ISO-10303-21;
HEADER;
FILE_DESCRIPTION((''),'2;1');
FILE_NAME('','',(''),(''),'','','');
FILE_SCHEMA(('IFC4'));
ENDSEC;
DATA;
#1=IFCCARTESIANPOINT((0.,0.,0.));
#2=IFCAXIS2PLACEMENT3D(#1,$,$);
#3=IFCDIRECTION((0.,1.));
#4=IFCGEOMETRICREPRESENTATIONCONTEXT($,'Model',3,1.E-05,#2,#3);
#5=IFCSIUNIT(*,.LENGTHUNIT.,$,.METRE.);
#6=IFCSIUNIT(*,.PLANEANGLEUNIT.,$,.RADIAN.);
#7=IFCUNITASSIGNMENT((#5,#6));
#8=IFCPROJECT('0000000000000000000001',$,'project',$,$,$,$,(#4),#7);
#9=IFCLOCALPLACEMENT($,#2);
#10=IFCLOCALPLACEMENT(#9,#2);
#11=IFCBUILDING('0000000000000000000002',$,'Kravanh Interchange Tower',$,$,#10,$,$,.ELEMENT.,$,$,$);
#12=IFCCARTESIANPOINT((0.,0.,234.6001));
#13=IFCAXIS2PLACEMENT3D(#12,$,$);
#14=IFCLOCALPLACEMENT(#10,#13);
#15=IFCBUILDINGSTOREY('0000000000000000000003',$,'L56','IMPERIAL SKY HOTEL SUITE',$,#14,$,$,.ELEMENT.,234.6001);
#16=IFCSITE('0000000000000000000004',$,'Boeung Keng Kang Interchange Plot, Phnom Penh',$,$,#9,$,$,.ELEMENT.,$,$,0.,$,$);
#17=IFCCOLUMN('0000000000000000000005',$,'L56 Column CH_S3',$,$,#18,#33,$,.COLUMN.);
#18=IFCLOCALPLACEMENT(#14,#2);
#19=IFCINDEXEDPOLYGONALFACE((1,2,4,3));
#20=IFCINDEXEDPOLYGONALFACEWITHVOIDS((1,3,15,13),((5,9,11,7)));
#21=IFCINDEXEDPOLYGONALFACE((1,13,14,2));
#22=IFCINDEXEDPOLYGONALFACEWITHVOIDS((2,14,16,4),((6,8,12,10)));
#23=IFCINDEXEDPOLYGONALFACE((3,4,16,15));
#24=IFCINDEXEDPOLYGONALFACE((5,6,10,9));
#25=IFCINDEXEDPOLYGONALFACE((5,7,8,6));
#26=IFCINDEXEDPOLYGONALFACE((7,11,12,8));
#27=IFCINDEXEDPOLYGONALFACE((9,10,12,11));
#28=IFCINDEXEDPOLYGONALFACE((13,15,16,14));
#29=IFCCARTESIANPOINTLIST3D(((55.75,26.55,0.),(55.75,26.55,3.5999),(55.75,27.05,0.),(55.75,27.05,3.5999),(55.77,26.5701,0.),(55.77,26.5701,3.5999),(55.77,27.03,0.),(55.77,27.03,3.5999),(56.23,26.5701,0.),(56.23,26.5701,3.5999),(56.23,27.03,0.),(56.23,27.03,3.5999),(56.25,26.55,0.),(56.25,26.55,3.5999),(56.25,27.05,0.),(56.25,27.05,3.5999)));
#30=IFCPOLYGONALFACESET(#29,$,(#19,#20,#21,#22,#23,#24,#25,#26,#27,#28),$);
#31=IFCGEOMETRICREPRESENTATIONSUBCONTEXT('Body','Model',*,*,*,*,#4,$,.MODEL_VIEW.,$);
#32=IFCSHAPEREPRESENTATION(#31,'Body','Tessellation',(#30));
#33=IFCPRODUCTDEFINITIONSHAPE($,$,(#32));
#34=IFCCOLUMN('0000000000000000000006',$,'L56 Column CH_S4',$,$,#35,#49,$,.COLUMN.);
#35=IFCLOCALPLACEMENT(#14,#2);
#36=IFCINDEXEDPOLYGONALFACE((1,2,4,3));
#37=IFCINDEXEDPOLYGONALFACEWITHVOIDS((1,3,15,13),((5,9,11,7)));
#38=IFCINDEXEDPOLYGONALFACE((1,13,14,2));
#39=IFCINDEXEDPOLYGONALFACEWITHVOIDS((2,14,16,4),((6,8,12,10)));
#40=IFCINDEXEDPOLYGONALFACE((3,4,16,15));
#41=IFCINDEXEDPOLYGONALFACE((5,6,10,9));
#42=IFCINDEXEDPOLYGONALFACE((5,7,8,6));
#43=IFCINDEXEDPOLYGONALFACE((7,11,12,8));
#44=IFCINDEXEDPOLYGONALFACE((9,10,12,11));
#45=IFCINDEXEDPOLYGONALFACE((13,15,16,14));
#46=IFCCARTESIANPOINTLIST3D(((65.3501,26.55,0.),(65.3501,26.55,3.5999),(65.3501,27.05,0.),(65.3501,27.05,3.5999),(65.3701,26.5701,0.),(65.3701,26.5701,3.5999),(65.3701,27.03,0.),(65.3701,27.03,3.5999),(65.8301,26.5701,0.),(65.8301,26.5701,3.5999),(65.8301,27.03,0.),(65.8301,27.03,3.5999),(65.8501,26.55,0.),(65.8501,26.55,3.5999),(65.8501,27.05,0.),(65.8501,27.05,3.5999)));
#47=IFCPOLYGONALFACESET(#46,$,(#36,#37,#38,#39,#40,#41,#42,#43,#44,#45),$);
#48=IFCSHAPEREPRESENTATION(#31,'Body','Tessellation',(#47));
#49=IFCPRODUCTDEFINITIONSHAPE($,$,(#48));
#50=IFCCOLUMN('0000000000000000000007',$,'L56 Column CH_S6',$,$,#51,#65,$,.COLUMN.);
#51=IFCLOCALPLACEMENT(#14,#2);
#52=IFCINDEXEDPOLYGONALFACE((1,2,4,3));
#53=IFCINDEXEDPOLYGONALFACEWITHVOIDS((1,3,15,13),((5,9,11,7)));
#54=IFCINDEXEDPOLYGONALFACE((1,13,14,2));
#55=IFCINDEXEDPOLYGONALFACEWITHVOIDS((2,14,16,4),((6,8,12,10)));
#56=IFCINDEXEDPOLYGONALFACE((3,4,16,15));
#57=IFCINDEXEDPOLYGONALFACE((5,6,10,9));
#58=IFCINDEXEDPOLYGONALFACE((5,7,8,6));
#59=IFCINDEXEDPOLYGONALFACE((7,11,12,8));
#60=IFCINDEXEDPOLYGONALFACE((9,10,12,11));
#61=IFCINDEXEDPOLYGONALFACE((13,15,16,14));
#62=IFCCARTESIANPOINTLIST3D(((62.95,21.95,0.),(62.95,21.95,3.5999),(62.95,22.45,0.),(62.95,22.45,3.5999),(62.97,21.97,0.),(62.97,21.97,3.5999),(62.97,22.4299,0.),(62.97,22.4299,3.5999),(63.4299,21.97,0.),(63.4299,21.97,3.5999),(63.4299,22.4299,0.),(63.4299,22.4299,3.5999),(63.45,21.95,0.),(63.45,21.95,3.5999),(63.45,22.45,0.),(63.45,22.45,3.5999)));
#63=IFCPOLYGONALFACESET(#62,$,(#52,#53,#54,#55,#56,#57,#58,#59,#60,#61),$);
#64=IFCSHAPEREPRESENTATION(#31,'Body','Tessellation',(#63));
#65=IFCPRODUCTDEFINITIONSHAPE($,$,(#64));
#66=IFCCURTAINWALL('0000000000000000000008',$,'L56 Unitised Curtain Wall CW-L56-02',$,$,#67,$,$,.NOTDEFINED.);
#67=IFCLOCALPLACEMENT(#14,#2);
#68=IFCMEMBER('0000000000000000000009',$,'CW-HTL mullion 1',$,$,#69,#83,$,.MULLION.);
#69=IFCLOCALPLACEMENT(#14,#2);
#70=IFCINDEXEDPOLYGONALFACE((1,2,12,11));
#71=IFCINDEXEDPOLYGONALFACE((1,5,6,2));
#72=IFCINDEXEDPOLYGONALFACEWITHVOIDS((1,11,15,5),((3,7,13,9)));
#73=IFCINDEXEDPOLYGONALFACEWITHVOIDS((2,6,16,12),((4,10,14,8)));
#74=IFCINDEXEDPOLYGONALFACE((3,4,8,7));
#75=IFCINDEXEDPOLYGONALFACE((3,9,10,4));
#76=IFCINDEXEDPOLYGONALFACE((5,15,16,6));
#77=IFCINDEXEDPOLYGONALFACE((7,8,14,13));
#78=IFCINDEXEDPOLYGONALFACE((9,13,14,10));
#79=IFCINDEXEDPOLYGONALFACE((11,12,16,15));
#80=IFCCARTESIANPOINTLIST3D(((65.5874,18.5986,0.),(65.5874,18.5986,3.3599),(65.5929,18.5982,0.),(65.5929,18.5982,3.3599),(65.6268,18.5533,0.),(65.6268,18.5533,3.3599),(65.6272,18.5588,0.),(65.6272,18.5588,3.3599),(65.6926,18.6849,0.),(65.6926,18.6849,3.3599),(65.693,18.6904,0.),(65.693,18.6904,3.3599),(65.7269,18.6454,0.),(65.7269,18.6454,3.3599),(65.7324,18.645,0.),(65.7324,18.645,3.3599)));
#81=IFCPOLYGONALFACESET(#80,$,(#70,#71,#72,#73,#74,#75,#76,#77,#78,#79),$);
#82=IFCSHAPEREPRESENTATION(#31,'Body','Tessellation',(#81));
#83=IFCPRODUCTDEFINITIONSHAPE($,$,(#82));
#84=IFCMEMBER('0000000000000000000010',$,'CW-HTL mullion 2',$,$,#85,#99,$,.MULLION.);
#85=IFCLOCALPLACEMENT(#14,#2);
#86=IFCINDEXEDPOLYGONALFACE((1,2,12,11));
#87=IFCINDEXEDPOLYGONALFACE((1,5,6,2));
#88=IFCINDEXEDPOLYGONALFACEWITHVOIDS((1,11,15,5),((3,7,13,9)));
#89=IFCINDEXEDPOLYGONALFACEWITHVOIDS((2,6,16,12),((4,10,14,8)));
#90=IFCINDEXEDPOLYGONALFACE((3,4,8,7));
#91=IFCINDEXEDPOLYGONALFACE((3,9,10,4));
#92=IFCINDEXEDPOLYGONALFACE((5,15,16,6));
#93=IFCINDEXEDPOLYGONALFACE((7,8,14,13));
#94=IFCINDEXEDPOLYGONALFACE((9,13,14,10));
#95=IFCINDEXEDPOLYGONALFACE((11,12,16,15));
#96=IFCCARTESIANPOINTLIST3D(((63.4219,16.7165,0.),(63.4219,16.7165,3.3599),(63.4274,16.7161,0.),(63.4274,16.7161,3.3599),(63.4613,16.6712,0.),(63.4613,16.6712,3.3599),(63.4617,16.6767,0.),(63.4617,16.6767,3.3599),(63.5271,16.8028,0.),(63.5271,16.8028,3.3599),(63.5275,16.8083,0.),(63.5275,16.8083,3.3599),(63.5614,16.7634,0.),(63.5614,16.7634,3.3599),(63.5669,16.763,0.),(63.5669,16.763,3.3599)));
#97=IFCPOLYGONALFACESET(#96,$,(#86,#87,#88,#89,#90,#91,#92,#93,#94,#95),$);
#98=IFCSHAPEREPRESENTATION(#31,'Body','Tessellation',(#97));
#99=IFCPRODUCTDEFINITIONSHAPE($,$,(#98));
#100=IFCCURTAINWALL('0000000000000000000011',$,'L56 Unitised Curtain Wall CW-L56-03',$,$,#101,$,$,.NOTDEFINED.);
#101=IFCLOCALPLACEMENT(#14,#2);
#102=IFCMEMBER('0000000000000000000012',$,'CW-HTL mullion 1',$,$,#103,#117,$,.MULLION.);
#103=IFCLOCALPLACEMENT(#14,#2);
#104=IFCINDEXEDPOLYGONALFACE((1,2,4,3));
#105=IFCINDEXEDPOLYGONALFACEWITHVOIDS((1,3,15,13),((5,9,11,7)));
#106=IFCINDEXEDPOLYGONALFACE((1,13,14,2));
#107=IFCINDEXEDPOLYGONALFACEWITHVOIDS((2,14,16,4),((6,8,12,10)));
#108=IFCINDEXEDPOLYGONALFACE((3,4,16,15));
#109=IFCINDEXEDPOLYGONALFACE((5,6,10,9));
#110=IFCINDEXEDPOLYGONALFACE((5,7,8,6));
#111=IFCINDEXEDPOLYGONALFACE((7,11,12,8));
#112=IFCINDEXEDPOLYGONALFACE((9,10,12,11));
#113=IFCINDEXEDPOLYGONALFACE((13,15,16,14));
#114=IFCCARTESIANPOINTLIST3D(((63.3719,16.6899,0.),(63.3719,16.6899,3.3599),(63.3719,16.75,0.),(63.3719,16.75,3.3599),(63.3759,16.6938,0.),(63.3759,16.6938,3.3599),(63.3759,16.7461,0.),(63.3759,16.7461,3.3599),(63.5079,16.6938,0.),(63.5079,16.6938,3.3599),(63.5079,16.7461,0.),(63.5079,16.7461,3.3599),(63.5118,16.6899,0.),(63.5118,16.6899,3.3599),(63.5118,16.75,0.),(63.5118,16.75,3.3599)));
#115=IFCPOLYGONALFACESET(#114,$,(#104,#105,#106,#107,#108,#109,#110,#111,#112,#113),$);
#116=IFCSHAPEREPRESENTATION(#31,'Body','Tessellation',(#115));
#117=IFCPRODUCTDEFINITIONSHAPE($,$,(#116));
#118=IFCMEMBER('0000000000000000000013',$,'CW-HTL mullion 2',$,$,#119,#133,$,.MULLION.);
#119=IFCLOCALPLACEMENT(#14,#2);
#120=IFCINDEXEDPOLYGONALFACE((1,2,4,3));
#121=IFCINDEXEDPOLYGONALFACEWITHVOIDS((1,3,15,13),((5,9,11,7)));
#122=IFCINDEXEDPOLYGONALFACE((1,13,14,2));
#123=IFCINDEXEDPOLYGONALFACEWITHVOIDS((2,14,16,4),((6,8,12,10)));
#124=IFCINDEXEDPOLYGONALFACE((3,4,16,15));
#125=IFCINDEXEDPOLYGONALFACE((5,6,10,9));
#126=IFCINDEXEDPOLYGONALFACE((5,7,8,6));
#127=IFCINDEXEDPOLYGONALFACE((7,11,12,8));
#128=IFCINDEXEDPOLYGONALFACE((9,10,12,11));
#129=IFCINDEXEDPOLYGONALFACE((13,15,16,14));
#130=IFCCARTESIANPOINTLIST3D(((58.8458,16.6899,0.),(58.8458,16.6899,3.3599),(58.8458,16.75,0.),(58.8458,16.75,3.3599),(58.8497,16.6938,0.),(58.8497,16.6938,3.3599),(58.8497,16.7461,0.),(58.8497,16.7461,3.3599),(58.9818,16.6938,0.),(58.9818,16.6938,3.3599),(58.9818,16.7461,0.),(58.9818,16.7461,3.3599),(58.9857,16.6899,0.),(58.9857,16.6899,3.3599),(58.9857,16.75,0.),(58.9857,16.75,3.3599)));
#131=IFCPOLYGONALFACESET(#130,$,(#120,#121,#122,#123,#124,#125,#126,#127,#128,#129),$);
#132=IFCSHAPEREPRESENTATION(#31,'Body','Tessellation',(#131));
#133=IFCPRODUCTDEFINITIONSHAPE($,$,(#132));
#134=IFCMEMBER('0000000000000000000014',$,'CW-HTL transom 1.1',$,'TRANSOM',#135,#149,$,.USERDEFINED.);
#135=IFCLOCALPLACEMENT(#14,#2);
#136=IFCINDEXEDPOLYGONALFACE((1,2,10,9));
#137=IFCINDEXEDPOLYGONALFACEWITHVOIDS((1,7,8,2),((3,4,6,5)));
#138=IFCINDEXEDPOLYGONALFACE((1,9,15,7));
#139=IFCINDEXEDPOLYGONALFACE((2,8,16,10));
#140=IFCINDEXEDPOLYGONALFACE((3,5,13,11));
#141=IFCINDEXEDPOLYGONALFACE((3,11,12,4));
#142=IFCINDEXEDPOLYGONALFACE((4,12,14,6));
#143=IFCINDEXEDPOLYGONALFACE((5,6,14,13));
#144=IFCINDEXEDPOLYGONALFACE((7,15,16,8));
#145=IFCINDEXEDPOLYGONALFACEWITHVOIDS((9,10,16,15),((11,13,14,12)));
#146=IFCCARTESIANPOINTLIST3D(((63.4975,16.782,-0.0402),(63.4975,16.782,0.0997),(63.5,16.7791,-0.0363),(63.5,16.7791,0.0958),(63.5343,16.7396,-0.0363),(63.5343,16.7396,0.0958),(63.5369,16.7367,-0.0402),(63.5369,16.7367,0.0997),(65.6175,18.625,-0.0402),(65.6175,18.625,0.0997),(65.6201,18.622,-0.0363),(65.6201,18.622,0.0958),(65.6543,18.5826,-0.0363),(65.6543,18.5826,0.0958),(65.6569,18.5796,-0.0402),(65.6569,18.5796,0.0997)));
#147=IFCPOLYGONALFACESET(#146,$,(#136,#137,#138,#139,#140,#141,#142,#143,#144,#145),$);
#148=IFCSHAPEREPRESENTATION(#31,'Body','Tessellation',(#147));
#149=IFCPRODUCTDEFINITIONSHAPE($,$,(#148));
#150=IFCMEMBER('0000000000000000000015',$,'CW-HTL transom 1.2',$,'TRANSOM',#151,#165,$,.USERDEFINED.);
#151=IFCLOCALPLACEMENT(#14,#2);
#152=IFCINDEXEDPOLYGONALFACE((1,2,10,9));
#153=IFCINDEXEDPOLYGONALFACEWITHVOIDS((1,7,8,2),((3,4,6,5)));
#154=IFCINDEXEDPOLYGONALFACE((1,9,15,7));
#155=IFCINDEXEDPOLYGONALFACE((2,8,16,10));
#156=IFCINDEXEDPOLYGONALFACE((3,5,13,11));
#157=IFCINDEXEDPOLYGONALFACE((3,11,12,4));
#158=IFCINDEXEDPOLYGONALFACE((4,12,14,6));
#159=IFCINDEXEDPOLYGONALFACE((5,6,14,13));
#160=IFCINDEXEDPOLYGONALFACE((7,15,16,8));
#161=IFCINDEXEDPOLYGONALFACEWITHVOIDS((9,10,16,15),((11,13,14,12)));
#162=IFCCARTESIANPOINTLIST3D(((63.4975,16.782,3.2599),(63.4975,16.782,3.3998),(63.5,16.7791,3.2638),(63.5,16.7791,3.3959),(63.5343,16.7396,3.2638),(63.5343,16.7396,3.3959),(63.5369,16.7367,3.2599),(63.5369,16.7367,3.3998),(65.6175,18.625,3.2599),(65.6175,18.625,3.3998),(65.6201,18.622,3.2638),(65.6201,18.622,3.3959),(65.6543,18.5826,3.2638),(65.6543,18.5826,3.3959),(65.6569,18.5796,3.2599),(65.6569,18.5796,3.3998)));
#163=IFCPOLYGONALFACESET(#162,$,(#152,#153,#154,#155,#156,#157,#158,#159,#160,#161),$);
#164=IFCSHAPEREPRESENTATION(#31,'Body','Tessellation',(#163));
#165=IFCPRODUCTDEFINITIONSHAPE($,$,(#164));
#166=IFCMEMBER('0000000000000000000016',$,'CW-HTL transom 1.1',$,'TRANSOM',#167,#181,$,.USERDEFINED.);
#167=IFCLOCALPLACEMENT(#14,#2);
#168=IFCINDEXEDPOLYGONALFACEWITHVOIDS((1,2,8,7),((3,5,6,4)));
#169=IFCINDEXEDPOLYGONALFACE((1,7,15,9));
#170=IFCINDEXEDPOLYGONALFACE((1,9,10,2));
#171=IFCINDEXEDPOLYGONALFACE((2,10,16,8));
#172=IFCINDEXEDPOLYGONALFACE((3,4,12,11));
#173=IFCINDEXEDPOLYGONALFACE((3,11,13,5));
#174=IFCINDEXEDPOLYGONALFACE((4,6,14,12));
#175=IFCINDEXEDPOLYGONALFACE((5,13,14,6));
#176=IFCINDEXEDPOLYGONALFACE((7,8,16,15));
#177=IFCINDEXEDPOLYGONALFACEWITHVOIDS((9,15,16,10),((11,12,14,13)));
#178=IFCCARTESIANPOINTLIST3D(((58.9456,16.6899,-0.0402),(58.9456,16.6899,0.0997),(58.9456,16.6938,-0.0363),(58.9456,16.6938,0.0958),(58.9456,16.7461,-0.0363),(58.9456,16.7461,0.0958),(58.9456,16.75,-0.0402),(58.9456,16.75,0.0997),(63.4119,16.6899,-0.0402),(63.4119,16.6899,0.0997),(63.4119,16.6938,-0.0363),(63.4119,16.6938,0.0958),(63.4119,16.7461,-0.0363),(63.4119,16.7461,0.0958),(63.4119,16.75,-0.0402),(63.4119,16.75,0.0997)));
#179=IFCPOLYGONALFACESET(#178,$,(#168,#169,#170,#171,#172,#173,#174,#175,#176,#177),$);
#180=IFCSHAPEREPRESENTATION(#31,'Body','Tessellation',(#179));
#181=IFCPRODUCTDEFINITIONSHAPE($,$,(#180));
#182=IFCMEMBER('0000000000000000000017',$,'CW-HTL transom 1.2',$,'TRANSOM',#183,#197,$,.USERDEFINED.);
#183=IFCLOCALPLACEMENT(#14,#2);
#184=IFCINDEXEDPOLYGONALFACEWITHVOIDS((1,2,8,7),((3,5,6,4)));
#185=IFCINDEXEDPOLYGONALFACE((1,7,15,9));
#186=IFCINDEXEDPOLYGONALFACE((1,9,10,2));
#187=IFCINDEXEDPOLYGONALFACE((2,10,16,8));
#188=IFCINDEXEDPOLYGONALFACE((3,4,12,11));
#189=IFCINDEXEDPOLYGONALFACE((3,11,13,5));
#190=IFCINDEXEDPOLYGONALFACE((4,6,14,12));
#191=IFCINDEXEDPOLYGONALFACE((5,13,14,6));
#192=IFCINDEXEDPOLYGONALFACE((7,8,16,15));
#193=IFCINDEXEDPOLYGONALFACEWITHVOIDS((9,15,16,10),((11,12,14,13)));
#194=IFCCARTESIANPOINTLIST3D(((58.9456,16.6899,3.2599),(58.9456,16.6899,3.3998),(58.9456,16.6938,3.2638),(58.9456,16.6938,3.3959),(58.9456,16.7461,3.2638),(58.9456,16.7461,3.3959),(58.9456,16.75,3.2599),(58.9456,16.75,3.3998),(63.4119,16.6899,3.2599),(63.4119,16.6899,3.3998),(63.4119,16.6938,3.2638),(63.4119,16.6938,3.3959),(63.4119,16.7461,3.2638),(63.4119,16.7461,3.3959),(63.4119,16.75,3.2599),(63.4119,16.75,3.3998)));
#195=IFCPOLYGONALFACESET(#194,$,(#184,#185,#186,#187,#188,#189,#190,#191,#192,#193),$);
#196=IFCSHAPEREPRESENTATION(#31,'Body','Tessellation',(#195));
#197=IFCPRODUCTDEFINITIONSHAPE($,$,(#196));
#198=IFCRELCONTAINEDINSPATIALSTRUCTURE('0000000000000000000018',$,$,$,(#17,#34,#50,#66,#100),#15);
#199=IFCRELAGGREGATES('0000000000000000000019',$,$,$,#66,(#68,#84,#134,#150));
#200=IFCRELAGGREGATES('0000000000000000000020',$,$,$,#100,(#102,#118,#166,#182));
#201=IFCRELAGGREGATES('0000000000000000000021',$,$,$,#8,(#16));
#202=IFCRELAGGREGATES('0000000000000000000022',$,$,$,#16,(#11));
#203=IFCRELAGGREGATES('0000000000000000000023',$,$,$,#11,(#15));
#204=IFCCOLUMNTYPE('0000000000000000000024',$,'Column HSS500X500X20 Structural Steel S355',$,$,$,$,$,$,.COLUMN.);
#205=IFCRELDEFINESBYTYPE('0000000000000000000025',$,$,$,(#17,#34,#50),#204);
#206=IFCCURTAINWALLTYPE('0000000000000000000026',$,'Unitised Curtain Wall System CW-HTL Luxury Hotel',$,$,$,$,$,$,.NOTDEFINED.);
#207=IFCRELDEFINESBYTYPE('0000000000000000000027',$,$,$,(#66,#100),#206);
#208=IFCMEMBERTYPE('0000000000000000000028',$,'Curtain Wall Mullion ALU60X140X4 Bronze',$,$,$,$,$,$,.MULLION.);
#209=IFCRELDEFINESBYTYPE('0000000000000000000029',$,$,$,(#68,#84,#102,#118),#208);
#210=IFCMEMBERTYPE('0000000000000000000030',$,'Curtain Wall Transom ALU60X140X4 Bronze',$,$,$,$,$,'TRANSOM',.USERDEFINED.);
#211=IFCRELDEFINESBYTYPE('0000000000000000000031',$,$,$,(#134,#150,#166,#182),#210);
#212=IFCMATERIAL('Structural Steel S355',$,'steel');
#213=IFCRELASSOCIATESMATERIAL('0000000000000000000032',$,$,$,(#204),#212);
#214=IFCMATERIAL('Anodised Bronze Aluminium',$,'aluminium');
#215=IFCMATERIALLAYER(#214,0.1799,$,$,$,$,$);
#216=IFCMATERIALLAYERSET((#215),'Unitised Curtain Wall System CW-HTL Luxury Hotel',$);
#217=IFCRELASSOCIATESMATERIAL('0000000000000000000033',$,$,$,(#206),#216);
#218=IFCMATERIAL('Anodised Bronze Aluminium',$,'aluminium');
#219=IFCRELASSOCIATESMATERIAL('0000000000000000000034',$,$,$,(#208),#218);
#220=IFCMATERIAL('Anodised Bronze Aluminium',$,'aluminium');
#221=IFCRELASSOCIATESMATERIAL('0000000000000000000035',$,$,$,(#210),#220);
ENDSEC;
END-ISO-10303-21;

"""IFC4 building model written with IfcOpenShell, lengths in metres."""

from ifc_helpers import new_model, si_unit, direction, frame, origin, origin_2d, place, context, subcontext, project, spatial, hollow_rectangle, extrude, material, layer, layer_set, material_profile, profile_set, type_object, element, aggregate, save


model = new_model("IFC4")

# Units and contexts
model_context = context("Model", 3, precision=1e-05, world=origin(), true_north=direction((0.0, 1.0)))
body_context = subcontext(model_context, "Body", "Model", "MODEL_VIEW")
ifc_project = project(units=[si_unit("LENGTHUNIT", "METRE"), si_unit("PLANEANGLEUNIT", "RADIAN")], contexts=[model_context])

# Site, building, storey
site_placement = place(None, origin())
site = spatial("IfcSite", under=ifc_project, at=site_placement, Name="Boeung Keng Kang Interchange Plot, Phnom Penh", CompositionType="ELEMENT", RefElevation=0.0)
building_placement = place(site_placement, origin())
building = spatial("IfcBuilding", under=site, at=building_placement, Name="Kravanh Interchange Tower", CompositionType="ELEMENT")
storey_placement = place(building_placement, frame((0.0, 0.0, 234.6001)))
storey = spatial("IfcBuildingStorey", under=building, at=storey_placement, Name="L56", Description="IMPERIAL SKY HOTEL SUITE", CompositionType="ELEMENT", Elevation=234.6001)

# Columns
ifc_material_1 = material(Name="Structural Steel S355", Category="steel")
ifc_material_profile_1 = material_profile(ifc_material_1, hollow_rectangle(XDim=0.5, YDim=0.5, WallThickness=0.02, at=origin_2d()), Name="HSS500X500X20")
ifc_profile_set_1 = profile_set([ifc_material_profile_1], Name="Structural Steel S355")
column_type = type_object("IfcColumnType", Name="Column HSS500X500X20 Structural Steel S355", PredefinedType="COLUMN", material=ifc_profile_set_1)
for number, where, z_axis, x_axis, name in (
    (1, (56.0, 26.8, 0.0), (0.0, 0.0, 1.0), (1.0, 0.0, 0.0), "L56 Column CH_S3"),
    (2, (65.6001, 26.8, 0.0), (0.0, 0.0, 1.0), (1.0, 0.0, 0.0), "L56 Column CH_S4"),
    (3, (63.2, 22.2, 0.0), (0.0, 0.0, 1.0), (1.0, 0.0, 0.0), "L56 Column CH_S6"),
):
    element("IfcColumn", number, at=place(storey_placement, frame(where, z_axis=z_axis, x_axis=x_axis)), inside=storey, type_object=column_type, Name=name, PredefinedType="COLUMN", context=body_context, shape_type="SweptSolid", body=[
        extrude(hollow_rectangle(XDim=0.5, YDim=0.5, WallThickness=0.02, at=origin_2d()), origin(), (0.0, 0.0, 1.0), 3.5999),
    ])

# Curtain walls, members
ifc_material_2 = material(Name="Anodised Bronze Aluminium", Category="aluminium")
ifc_layer_1 = layer(ifc_material_2, 0.1799)
ifc_layer_set_1 = layer_set([ifc_layer_1], Name="Unitised Curtain Wall System CW-HTL Luxury Hotel")
curtain_wall_type = type_object("IfcCurtainWallType", Name="Unitised Curtain Wall System CW-HTL Luxury Hotel", PredefinedType="NOTDEFINED", material=ifc_layer_set_1)
curtain_wall_1_placement = place(storey_placement, origin())
curtain_wall_1 = element("IfcCurtainWall", 4, at=curtain_wall_1_placement, inside=storey, type_object=curtain_wall_type, Name="L56 Unitised Curtain Wall CW-L56-02", PredefinedType="NOTDEFINED")
ifc_material_3 = material(Name="Anodised Bronze Aluminium", Category="aluminium")
ifc_material_profile_2 = material_profile(ifc_material_3, hollow_rectangle(XDim=0.0601, YDim=0.1399, WallThickness=0.0039, at=origin_2d()), Name="ALU60X140X4")
ifc_profile_set_2 = profile_set([ifc_material_profile_2], Name="Anodised Bronze Aluminium")
member_type_1 = type_object("IfcMemberType", Name="Curtain Wall Mullion ALU60X140X4 Bronze", PredefinedType="MULLION", material=ifc_profile_set_2)
member_1_placement = place(storey_placement, frame((65.6599, 18.6218, 0.0), z_axis=(0.0, 0.0, 1.0), x_axis=(0.656033, -0.754732, 0.0)))
member_1 = element("IfcMember", 5, at=member_1_placement, type_object=member_type_1, Name="CW-HTL mullion 1", PredefinedType="MULLION", context=body_context, shape_type="SweptSolid", body=[
    extrude(hollow_rectangle(XDim=0.0601, YDim=0.1399, WallThickness=0.0039, at=origin_2d()), origin(), (0.0, 0.0, 1.0), 3.3599),
])
member_2_placement = place(storey_placement, frame((63.4944, 16.7397, 0.0), z_axis=(0.0, 0.0, 1.0), x_axis=(0.656033, -0.754732, 0.0)))
member_2 = element("IfcMember", 6, at=member_2_placement, type_object=member_type_1, Name="CW-HTL mullion 2", PredefinedType="MULLION", context=body_context, shape_type="SweptSolid", body=[
    extrude(hollow_rectangle(XDim=0.0601, YDim=0.1399, WallThickness=0.0039, at=origin_2d()), origin(), (0.0, 0.0, 1.0), 3.3599),
])
curtain_wall_2_placement = place(storey_placement, origin())
curtain_wall_2 = element("IfcCurtainWall", 7, at=curtain_wall_2_placement, inside=storey, type_object=curtain_wall_type, Name="L56 Unitised Curtain Wall CW-L56-03", PredefinedType="NOTDEFINED")
member_3_placement = place(storey_placement, frame((63.4419, 16.72, 0.0), z_axis=(0.0, 0.0, 1.0), x_axis=(0.0, -1.0, 0.0)))
member_3 = element("IfcMember", 8, at=member_3_placement, type_object=member_type_1, Name="CW-HTL mullion 1", PredefinedType="MULLION", context=body_context, shape_type="SweptSolid", body=[
    extrude(hollow_rectangle(XDim=0.0601, YDim=0.1399, WallThickness=0.0039, at=origin_2d()), origin(), (0.0, 0.0, 1.0), 3.3599),
])
member_4_placement = place(storey_placement, frame((58.9158, 16.72, 0.0), z_axis=(0.0, 0.0, 1.0), x_axis=(0.0, -1.0, 0.0)))
member_4 = element("IfcMember", 9, at=member_4_placement, type_object=member_type_1, Name="CW-HTL mullion 2", PredefinedType="MULLION", context=body_context, shape_type="SweptSolid", body=[
    extrude(hollow_rectangle(XDim=0.0601, YDim=0.1399, WallThickness=0.0039, at=origin_2d()), origin(), (0.0, 0.0, 1.0), 3.3599),
])

# Members
ifc_material_4 = material(Name="Anodised Bronze Aluminium", Category="aluminium")
ifc_material_profile_3 = material_profile(ifc_material_4, hollow_rectangle(XDim=0.0601, YDim=0.1399, WallThickness=0.0039, at=origin_2d()), Name="ALU60X140X4")
ifc_profile_set_3 = profile_set([ifc_material_profile_3], Name="Anodised Bronze Aluminium")
member_type_2 = type_object("IfcMemberType", Name="Curtain Wall Transom ALU60X140X4 Bronze", ElementType="TRANSOM", PredefinedType="USERDEFINED", material=ifc_profile_set_3)
member_5_placement = place(storey_placement, frame((65.6372, 18.6023, 0.0298), z_axis=(-0.754705, -0.656065, 0.0), x_axis=(0.656065, -0.754705, 0.0)))
member_5 = element("IfcMember", 10, at=member_5_placement, type_object=member_type_2, Name="CW-HTL transom 1.1", ObjectType="TRANSOM", PredefinedType="USERDEFINED", context=body_context, shape_type="SweptSolid", body=[
    extrude(hollow_rectangle(XDim=0.0601, YDim=0.1399, WallThickness=0.0039, at=origin_2d()), origin(), (0.0, 0.0, 1.0), 2.8091),
])
member_6_placement = place(storey_placement, frame((65.6372, 18.6023, 3.3298), z_axis=(-0.754705, -0.656065, 0.0), x_axis=(0.656065, -0.754705, 0.0)))
member_6 = element("IfcMember", 11, at=member_6_placement, type_object=member_type_2, Name="CW-HTL transom 1.2", ObjectType="TRANSOM", PredefinedType="USERDEFINED", context=body_context, shape_type="SweptSolid", body=[
    extrude(hollow_rectangle(XDim=0.0601, YDim=0.1399, WallThickness=0.0039, at=origin_2d()), origin(), (0.0, 0.0, 1.0), 2.8091),
])
member_7_placement = place(storey_placement, frame((63.4119, 16.72, 0.0298), z_axis=(-1.0, 0.0, 0.0), x_axis=(0.0, -1.0, 0.0)))
member_7 = element("IfcMember", 12, at=member_7_placement, type_object=member_type_2, Name="CW-HTL transom 1.1", ObjectType="TRANSOM", PredefinedType="USERDEFINED", context=body_context, shape_type="SweptSolid", body=[
    extrude(hollow_rectangle(XDim=0.0601, YDim=0.1399, WallThickness=0.0039, at=origin_2d()), origin(), (0.0, 0.0, 1.0), 4.4663),
])
member_8_placement = place(storey_placement, frame((63.4119, 16.72, 3.3298), z_axis=(-1.0, 0.0, 0.0), x_axis=(0.0, -1.0, 0.0)))
member_8 = element("IfcMember", 13, at=member_8_placement, type_object=member_type_2, Name="CW-HTL transom 1.2", ObjectType="TRANSOM", PredefinedType="USERDEFINED", context=body_context, shape_type="SweptSolid", body=[
    extrude(hollow_rectangle(XDim=0.0601, YDim=0.1399, WallThickness=0.0039, at=origin_2d()), origin(), (0.0, 0.0, 1.0), 4.4663),
])

aggregate(curtain_wall_1, [member_1, member_2, member_5, member_6])
aggregate(curtain_wall_2, [member_3, member_4, member_7, member_8])

save(model, "model.ifc")
